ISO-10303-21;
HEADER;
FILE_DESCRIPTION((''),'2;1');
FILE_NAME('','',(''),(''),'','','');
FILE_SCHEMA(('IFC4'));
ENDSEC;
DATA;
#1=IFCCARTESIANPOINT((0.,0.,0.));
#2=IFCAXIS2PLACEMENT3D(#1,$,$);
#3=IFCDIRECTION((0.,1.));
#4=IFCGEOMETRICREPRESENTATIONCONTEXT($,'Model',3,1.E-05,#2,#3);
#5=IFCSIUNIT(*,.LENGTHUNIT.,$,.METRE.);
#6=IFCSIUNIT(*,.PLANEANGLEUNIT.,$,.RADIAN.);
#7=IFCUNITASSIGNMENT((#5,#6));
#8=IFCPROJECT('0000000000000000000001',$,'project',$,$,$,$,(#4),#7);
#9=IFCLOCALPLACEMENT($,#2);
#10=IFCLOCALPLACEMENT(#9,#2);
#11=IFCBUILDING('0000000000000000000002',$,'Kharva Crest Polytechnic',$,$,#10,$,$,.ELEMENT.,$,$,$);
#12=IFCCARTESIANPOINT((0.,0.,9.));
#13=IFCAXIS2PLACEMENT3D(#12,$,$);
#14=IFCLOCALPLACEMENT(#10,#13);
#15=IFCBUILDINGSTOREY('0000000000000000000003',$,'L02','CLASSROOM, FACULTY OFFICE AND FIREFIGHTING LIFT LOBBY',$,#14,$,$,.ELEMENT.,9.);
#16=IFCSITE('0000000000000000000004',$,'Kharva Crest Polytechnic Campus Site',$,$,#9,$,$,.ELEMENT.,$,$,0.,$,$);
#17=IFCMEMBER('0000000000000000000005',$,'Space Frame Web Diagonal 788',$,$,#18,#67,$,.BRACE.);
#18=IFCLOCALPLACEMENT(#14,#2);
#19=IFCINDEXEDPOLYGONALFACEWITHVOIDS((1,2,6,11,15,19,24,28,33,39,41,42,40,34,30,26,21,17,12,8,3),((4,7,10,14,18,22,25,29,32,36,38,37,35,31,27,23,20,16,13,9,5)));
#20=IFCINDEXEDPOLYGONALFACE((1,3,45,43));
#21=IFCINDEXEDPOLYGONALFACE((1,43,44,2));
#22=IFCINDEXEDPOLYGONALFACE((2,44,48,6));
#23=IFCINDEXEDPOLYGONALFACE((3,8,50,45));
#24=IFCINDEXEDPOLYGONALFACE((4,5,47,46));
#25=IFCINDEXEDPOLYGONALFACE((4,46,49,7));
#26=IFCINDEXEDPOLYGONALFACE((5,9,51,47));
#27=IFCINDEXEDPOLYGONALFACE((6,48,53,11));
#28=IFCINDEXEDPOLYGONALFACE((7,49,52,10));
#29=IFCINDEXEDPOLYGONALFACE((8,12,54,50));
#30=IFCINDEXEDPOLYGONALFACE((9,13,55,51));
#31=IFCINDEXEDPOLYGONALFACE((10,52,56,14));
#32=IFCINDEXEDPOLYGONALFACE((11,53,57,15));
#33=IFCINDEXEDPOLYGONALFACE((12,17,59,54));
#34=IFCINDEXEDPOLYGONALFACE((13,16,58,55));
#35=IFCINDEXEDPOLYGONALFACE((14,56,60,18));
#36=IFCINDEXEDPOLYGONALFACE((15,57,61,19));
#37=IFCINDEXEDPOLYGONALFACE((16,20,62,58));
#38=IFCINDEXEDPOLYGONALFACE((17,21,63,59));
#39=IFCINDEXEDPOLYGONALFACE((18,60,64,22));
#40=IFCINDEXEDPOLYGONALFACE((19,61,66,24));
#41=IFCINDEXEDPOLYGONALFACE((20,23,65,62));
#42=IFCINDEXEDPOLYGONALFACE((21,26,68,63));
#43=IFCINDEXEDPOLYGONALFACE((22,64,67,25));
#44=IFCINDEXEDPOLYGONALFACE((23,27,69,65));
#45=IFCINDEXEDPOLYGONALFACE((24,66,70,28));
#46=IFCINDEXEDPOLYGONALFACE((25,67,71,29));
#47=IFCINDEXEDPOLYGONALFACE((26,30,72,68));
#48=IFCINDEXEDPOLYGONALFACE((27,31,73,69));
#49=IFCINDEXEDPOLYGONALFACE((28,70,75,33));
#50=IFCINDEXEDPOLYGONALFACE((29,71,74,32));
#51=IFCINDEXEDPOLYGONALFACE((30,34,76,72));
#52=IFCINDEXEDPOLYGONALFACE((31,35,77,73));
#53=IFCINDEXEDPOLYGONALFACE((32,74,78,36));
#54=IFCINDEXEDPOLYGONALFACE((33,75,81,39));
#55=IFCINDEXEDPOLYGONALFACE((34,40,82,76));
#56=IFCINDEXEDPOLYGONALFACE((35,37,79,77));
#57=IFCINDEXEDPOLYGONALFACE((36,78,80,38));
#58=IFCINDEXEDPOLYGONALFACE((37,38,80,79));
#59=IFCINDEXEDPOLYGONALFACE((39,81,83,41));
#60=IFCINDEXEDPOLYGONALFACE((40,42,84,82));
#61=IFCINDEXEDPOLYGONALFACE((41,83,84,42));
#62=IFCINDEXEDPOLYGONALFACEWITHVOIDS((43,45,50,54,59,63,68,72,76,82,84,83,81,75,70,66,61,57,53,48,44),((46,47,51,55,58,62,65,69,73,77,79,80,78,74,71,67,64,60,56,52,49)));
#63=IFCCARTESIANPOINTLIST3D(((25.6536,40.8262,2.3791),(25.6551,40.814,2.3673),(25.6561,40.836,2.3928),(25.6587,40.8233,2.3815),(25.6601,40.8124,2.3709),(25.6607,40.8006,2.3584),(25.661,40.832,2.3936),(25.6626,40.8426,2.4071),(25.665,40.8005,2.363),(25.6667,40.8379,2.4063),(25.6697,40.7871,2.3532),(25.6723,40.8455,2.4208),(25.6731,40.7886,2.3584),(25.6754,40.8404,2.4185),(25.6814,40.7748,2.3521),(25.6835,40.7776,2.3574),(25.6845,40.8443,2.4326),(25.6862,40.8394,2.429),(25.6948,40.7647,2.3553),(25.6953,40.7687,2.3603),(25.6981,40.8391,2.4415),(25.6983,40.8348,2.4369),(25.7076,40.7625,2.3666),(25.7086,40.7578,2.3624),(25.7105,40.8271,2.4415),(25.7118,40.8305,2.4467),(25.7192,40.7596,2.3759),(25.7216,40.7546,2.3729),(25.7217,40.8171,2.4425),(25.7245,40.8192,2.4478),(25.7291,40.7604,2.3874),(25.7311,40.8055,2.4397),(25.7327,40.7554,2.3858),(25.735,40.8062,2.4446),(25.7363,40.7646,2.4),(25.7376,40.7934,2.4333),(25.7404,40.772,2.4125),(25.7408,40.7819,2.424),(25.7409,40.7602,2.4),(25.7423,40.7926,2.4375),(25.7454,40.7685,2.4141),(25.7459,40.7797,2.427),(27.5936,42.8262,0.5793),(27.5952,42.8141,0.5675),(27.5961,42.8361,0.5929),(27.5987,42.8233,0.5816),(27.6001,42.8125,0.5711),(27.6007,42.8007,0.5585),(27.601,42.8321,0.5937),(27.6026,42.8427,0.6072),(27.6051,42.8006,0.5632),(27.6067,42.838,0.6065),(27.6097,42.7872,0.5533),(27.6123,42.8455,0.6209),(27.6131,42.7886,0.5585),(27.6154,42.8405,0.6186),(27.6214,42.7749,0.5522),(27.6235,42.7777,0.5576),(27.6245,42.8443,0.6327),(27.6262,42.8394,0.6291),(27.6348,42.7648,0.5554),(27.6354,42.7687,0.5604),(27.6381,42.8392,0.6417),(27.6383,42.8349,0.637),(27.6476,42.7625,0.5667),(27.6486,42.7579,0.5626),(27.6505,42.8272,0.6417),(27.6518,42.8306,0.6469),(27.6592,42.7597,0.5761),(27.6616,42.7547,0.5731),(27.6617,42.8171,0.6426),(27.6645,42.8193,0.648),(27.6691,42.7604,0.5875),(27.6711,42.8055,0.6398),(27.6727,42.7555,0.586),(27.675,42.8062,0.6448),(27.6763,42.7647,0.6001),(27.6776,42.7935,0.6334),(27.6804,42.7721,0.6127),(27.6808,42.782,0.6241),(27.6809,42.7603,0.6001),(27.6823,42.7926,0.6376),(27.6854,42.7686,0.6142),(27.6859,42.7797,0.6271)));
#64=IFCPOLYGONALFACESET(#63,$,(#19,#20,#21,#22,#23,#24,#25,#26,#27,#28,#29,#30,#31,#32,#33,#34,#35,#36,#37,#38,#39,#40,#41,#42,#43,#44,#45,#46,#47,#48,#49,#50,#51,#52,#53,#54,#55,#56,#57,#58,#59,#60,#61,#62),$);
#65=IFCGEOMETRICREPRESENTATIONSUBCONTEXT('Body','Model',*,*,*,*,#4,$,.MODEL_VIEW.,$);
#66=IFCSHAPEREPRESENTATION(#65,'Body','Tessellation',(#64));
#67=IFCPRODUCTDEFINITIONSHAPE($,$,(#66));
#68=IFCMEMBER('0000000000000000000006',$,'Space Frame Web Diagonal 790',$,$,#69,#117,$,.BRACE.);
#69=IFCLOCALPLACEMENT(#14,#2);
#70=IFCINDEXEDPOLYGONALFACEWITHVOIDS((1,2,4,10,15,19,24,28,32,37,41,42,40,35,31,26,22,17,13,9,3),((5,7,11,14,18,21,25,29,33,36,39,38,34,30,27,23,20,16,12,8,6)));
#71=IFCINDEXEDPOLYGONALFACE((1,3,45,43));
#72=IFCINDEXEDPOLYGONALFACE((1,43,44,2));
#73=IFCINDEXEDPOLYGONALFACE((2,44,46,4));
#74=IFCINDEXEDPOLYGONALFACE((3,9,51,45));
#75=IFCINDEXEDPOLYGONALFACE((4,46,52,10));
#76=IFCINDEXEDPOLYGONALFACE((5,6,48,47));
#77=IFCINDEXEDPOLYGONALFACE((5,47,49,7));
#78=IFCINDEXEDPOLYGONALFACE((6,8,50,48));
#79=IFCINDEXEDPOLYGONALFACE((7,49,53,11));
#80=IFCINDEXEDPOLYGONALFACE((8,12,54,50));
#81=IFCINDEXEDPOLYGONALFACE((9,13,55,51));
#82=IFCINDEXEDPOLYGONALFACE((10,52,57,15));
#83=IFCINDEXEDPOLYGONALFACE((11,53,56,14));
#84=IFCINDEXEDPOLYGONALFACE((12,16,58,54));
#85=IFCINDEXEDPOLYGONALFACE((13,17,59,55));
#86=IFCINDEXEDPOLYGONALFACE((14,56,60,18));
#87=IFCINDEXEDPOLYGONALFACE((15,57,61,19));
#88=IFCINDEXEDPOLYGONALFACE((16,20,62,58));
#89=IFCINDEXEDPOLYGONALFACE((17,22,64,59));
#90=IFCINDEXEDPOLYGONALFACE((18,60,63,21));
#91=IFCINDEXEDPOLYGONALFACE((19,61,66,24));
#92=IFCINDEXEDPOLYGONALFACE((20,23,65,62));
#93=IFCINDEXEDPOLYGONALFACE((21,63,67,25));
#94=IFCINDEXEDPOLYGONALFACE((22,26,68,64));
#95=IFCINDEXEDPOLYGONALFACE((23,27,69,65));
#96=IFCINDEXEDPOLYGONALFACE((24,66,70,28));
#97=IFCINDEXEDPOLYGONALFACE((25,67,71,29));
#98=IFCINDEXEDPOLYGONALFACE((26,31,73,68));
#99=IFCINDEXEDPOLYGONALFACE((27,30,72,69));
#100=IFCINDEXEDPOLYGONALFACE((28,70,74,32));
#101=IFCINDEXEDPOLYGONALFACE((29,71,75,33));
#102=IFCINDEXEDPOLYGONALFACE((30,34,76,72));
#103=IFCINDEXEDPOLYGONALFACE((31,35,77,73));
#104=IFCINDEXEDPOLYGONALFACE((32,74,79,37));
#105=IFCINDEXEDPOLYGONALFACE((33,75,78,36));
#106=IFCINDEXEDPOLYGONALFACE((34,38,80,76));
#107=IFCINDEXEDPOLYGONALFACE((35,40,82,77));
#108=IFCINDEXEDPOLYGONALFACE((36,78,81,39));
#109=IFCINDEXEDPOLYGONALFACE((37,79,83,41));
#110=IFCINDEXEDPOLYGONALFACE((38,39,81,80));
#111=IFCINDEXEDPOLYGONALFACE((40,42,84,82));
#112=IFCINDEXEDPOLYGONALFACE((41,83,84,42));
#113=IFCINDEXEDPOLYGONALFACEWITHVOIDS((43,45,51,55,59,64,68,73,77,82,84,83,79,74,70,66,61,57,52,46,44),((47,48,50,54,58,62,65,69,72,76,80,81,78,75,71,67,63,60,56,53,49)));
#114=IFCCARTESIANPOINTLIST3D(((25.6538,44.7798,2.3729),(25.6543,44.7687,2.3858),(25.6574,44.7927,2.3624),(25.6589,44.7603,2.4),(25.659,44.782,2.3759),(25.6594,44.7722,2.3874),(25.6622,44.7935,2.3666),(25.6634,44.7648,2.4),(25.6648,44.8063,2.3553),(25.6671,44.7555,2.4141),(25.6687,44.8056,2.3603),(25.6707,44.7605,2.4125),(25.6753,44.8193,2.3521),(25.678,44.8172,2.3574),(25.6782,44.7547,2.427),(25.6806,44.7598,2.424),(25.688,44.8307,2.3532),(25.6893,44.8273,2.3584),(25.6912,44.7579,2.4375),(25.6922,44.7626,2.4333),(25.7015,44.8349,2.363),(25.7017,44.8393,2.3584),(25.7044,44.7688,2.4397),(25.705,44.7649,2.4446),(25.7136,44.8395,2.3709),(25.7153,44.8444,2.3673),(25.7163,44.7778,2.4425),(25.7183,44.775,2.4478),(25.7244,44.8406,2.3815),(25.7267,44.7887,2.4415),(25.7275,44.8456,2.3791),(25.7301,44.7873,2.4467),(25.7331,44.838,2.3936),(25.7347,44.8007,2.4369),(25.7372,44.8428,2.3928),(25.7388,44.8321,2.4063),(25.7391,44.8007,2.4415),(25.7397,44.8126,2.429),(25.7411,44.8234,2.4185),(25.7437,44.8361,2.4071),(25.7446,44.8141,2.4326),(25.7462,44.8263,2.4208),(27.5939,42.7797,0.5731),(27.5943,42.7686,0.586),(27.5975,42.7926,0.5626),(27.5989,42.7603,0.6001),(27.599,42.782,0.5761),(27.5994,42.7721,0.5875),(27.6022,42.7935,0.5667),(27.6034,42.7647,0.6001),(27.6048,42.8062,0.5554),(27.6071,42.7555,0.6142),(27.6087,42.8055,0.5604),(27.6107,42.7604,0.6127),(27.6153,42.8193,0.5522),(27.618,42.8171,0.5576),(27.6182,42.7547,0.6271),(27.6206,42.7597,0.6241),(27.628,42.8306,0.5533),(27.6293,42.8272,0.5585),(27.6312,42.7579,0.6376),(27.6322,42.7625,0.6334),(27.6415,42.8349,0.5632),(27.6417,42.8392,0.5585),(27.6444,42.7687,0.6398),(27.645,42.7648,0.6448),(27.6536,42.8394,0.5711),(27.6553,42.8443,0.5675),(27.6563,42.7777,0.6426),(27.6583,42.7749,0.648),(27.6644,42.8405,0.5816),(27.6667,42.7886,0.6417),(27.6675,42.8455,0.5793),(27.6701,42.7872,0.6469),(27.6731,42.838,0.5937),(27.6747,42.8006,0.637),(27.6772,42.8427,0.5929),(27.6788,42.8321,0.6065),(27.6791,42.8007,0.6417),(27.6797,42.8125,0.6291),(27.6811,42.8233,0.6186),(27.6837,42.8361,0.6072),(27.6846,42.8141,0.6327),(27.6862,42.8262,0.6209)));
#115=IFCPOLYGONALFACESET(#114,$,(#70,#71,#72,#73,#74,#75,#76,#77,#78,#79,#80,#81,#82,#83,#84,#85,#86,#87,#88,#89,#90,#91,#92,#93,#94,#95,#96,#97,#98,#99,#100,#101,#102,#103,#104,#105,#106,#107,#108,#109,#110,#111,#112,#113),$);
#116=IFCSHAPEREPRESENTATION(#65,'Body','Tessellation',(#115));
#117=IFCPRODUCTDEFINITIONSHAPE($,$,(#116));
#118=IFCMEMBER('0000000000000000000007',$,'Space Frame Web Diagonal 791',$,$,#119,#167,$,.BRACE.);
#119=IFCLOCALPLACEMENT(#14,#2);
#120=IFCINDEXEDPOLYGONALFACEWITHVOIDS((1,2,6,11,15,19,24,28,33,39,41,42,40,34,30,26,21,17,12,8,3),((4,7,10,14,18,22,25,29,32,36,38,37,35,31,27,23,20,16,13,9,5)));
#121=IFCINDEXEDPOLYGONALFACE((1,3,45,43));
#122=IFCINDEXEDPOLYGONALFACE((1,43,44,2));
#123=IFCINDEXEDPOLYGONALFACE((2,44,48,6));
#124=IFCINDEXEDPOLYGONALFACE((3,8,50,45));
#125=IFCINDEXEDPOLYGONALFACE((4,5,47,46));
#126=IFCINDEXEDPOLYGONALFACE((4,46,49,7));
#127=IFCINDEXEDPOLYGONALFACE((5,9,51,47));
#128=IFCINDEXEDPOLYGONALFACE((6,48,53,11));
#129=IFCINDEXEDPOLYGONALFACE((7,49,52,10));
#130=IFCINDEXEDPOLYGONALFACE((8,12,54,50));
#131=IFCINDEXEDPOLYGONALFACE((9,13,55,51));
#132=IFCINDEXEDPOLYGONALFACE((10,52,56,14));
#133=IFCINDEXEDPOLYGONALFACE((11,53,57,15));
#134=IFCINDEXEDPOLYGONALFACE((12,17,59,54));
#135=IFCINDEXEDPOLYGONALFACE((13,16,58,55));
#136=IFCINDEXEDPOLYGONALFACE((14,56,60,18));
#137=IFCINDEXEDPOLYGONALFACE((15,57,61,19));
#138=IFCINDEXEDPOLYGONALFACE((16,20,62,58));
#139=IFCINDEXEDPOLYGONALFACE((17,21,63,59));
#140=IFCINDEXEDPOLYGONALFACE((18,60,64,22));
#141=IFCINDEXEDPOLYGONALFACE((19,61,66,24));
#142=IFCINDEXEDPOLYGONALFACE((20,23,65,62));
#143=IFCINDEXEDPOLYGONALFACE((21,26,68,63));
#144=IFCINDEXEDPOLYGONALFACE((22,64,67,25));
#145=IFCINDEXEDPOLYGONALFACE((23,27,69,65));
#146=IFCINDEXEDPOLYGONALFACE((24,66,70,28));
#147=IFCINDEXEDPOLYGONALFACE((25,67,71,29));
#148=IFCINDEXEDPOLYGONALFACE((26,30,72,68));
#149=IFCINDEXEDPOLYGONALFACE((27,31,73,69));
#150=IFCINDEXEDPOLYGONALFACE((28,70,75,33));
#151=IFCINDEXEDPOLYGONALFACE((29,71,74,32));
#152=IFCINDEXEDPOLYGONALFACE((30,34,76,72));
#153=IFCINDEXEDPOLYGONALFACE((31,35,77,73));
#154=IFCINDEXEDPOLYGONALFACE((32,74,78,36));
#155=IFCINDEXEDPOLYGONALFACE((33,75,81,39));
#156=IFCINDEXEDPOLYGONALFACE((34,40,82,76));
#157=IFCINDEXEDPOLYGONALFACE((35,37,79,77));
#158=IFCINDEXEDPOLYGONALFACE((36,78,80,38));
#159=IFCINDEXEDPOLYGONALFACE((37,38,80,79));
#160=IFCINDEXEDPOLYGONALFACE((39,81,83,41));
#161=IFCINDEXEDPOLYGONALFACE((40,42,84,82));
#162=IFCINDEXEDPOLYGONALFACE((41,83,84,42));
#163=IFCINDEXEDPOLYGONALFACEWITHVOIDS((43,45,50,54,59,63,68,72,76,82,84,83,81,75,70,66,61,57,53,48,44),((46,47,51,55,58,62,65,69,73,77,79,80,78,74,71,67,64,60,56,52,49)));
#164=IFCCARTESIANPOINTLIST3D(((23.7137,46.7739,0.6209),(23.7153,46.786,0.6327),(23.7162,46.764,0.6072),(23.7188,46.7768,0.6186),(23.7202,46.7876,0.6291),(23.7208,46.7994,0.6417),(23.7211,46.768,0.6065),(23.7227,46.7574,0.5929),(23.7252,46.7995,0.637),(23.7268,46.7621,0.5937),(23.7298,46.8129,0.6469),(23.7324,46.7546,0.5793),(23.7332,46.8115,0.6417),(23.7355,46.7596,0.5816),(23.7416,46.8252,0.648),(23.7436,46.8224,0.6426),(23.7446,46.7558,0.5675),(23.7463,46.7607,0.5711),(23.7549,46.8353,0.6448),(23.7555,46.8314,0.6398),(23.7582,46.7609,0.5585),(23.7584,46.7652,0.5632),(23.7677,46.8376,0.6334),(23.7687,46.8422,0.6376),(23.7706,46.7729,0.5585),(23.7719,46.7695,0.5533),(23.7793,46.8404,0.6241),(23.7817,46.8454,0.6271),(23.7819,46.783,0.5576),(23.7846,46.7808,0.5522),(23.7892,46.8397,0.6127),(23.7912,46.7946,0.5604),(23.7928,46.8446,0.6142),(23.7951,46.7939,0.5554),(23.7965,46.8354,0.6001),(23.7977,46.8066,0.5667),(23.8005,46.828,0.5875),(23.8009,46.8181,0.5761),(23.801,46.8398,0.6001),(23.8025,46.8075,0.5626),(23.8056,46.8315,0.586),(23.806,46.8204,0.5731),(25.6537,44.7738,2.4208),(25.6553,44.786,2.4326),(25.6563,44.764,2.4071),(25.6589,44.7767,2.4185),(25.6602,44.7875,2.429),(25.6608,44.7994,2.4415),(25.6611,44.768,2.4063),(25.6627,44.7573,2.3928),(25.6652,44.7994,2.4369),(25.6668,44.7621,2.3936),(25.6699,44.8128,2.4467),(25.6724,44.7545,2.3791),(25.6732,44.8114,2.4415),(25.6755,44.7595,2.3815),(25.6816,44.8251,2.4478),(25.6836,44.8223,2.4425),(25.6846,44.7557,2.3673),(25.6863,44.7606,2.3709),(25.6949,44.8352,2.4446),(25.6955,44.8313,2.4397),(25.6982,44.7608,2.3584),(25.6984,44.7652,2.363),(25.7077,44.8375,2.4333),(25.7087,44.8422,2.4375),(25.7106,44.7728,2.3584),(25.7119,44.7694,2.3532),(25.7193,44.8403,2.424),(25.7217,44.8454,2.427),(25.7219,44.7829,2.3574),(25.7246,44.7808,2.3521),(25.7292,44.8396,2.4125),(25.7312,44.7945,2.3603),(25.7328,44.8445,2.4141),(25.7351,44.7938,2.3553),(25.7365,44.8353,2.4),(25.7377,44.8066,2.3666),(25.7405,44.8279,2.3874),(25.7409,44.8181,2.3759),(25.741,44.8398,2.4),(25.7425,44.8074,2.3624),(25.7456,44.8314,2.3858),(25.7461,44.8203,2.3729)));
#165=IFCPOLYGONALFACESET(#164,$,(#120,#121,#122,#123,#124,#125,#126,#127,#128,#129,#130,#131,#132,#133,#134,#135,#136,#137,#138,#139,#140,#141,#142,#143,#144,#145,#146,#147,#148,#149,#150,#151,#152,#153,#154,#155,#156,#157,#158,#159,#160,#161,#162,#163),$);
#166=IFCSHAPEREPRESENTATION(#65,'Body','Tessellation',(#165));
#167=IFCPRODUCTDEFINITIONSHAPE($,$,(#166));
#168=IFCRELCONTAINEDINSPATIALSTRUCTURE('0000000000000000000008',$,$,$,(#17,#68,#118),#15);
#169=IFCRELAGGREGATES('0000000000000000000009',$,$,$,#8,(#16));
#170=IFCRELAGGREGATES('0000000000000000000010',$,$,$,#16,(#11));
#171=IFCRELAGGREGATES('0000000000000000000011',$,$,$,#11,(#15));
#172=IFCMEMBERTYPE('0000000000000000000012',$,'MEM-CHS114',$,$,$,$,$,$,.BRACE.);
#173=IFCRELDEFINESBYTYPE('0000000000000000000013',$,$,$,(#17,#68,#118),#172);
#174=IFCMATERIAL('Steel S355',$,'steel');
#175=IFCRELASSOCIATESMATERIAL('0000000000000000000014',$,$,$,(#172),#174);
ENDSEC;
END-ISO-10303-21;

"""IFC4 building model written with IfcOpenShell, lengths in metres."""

from ifc_helpers import new_model, si_unit, direction, frame, origin, origin_2d, place, context, subcontext, project, spatial, hollow_circle, extrude, material, material_profile, profile_set, type_object, element, save


model = new_model("IFC4")

# Units and contexts
model_context = context("Model", 3, precision=1e-05, world=origin(), true_north=direction((0.0, 1.0)))
body_context = subcontext(model_context, "Body", "Model", "MODEL_VIEW")
ifc_project = project(units=[si_unit("LENGTHUNIT", "METRE"), si_unit("PLANEANGLEUNIT", "RADIAN")], contexts=[model_context])

# Site, building, storey
site_placement = place(None, origin())
site = spatial("IfcSite", under=ifc_project, at=site_placement, Name="Kharva Crest Polytechnic Campus Site", CompositionType="ELEMENT", RefElevation=0.0)
building_placement = place(site_placement, origin())
building = spatial("IfcBuilding", under=site, at=building_placement, Name="Kharva Crest Polytechnic", CompositionType="ELEMENT")
storey_placement = place(building_placement, frame((0.0, 0.0, 9.0)))
storey = spatial("IfcBuildingStorey", under=building, at=storey_placement, Name="L02", Description="CLASSROOM, FACULTY OFFICE AND FIREFIGHTING LIFT LOBBY", CompositionType="ELEMENT", Elevation=9.0)

# Shared definitions
ifc_material_1 = material(Name="Steel S355", Category="steel")

# Members
ifc_material_profile_1 = material_profile(ifc_material_1, hollow_circle(Radius=0.0571, WallThickness=0.0063, at=origin_2d()), Name="CHS 114.3X6.3")
ifc_profile_set_1 = profile_set([ifc_material_profile_1], Name="Steel S355")
member_type_1 = type_object("IfcMemberType", Name="MEM-CHS114", PredefinedType="BRACE", material=ifc_profile_set_1)
for number, where, z_axis, x_axis, name in (
    (1, (27.6399, 42.8, 0.6001), (-0.584843, -0.60295, 0.542596), (0.717802, -0.696247, 0.0), "Space Frame Web Diagonal 788"),
    (2, (27.6399, 42.8, 0.6001), (-0.584843, 0.60295, 0.542596), (-0.717802, -0.696247, 0.0), "Space Frame Web Diagonal 790"),
    (3, (23.76, 46.8, 0.6001), (0.584843, -0.60295, 0.542596), (0.717802, 0.696247, 0.0), "Space Frame Web Diagonal 791"),
):
    element("IfcMember", number, at=place(storey_placement, frame(where, z_axis=z_axis, x_axis=x_axis)), inside=storey, type_object=member_type_1, Name=name, PredefinedType="BRACE", context=body_context, shape_type="SweptSolid", body=[
        extrude(hollow_circle(Radius=0.0571, WallThickness=0.0063, at=origin_2d()), origin(), (0.0, 0.0, 1.0), 3.3171),
    ])

save(model, "model.ifc")
